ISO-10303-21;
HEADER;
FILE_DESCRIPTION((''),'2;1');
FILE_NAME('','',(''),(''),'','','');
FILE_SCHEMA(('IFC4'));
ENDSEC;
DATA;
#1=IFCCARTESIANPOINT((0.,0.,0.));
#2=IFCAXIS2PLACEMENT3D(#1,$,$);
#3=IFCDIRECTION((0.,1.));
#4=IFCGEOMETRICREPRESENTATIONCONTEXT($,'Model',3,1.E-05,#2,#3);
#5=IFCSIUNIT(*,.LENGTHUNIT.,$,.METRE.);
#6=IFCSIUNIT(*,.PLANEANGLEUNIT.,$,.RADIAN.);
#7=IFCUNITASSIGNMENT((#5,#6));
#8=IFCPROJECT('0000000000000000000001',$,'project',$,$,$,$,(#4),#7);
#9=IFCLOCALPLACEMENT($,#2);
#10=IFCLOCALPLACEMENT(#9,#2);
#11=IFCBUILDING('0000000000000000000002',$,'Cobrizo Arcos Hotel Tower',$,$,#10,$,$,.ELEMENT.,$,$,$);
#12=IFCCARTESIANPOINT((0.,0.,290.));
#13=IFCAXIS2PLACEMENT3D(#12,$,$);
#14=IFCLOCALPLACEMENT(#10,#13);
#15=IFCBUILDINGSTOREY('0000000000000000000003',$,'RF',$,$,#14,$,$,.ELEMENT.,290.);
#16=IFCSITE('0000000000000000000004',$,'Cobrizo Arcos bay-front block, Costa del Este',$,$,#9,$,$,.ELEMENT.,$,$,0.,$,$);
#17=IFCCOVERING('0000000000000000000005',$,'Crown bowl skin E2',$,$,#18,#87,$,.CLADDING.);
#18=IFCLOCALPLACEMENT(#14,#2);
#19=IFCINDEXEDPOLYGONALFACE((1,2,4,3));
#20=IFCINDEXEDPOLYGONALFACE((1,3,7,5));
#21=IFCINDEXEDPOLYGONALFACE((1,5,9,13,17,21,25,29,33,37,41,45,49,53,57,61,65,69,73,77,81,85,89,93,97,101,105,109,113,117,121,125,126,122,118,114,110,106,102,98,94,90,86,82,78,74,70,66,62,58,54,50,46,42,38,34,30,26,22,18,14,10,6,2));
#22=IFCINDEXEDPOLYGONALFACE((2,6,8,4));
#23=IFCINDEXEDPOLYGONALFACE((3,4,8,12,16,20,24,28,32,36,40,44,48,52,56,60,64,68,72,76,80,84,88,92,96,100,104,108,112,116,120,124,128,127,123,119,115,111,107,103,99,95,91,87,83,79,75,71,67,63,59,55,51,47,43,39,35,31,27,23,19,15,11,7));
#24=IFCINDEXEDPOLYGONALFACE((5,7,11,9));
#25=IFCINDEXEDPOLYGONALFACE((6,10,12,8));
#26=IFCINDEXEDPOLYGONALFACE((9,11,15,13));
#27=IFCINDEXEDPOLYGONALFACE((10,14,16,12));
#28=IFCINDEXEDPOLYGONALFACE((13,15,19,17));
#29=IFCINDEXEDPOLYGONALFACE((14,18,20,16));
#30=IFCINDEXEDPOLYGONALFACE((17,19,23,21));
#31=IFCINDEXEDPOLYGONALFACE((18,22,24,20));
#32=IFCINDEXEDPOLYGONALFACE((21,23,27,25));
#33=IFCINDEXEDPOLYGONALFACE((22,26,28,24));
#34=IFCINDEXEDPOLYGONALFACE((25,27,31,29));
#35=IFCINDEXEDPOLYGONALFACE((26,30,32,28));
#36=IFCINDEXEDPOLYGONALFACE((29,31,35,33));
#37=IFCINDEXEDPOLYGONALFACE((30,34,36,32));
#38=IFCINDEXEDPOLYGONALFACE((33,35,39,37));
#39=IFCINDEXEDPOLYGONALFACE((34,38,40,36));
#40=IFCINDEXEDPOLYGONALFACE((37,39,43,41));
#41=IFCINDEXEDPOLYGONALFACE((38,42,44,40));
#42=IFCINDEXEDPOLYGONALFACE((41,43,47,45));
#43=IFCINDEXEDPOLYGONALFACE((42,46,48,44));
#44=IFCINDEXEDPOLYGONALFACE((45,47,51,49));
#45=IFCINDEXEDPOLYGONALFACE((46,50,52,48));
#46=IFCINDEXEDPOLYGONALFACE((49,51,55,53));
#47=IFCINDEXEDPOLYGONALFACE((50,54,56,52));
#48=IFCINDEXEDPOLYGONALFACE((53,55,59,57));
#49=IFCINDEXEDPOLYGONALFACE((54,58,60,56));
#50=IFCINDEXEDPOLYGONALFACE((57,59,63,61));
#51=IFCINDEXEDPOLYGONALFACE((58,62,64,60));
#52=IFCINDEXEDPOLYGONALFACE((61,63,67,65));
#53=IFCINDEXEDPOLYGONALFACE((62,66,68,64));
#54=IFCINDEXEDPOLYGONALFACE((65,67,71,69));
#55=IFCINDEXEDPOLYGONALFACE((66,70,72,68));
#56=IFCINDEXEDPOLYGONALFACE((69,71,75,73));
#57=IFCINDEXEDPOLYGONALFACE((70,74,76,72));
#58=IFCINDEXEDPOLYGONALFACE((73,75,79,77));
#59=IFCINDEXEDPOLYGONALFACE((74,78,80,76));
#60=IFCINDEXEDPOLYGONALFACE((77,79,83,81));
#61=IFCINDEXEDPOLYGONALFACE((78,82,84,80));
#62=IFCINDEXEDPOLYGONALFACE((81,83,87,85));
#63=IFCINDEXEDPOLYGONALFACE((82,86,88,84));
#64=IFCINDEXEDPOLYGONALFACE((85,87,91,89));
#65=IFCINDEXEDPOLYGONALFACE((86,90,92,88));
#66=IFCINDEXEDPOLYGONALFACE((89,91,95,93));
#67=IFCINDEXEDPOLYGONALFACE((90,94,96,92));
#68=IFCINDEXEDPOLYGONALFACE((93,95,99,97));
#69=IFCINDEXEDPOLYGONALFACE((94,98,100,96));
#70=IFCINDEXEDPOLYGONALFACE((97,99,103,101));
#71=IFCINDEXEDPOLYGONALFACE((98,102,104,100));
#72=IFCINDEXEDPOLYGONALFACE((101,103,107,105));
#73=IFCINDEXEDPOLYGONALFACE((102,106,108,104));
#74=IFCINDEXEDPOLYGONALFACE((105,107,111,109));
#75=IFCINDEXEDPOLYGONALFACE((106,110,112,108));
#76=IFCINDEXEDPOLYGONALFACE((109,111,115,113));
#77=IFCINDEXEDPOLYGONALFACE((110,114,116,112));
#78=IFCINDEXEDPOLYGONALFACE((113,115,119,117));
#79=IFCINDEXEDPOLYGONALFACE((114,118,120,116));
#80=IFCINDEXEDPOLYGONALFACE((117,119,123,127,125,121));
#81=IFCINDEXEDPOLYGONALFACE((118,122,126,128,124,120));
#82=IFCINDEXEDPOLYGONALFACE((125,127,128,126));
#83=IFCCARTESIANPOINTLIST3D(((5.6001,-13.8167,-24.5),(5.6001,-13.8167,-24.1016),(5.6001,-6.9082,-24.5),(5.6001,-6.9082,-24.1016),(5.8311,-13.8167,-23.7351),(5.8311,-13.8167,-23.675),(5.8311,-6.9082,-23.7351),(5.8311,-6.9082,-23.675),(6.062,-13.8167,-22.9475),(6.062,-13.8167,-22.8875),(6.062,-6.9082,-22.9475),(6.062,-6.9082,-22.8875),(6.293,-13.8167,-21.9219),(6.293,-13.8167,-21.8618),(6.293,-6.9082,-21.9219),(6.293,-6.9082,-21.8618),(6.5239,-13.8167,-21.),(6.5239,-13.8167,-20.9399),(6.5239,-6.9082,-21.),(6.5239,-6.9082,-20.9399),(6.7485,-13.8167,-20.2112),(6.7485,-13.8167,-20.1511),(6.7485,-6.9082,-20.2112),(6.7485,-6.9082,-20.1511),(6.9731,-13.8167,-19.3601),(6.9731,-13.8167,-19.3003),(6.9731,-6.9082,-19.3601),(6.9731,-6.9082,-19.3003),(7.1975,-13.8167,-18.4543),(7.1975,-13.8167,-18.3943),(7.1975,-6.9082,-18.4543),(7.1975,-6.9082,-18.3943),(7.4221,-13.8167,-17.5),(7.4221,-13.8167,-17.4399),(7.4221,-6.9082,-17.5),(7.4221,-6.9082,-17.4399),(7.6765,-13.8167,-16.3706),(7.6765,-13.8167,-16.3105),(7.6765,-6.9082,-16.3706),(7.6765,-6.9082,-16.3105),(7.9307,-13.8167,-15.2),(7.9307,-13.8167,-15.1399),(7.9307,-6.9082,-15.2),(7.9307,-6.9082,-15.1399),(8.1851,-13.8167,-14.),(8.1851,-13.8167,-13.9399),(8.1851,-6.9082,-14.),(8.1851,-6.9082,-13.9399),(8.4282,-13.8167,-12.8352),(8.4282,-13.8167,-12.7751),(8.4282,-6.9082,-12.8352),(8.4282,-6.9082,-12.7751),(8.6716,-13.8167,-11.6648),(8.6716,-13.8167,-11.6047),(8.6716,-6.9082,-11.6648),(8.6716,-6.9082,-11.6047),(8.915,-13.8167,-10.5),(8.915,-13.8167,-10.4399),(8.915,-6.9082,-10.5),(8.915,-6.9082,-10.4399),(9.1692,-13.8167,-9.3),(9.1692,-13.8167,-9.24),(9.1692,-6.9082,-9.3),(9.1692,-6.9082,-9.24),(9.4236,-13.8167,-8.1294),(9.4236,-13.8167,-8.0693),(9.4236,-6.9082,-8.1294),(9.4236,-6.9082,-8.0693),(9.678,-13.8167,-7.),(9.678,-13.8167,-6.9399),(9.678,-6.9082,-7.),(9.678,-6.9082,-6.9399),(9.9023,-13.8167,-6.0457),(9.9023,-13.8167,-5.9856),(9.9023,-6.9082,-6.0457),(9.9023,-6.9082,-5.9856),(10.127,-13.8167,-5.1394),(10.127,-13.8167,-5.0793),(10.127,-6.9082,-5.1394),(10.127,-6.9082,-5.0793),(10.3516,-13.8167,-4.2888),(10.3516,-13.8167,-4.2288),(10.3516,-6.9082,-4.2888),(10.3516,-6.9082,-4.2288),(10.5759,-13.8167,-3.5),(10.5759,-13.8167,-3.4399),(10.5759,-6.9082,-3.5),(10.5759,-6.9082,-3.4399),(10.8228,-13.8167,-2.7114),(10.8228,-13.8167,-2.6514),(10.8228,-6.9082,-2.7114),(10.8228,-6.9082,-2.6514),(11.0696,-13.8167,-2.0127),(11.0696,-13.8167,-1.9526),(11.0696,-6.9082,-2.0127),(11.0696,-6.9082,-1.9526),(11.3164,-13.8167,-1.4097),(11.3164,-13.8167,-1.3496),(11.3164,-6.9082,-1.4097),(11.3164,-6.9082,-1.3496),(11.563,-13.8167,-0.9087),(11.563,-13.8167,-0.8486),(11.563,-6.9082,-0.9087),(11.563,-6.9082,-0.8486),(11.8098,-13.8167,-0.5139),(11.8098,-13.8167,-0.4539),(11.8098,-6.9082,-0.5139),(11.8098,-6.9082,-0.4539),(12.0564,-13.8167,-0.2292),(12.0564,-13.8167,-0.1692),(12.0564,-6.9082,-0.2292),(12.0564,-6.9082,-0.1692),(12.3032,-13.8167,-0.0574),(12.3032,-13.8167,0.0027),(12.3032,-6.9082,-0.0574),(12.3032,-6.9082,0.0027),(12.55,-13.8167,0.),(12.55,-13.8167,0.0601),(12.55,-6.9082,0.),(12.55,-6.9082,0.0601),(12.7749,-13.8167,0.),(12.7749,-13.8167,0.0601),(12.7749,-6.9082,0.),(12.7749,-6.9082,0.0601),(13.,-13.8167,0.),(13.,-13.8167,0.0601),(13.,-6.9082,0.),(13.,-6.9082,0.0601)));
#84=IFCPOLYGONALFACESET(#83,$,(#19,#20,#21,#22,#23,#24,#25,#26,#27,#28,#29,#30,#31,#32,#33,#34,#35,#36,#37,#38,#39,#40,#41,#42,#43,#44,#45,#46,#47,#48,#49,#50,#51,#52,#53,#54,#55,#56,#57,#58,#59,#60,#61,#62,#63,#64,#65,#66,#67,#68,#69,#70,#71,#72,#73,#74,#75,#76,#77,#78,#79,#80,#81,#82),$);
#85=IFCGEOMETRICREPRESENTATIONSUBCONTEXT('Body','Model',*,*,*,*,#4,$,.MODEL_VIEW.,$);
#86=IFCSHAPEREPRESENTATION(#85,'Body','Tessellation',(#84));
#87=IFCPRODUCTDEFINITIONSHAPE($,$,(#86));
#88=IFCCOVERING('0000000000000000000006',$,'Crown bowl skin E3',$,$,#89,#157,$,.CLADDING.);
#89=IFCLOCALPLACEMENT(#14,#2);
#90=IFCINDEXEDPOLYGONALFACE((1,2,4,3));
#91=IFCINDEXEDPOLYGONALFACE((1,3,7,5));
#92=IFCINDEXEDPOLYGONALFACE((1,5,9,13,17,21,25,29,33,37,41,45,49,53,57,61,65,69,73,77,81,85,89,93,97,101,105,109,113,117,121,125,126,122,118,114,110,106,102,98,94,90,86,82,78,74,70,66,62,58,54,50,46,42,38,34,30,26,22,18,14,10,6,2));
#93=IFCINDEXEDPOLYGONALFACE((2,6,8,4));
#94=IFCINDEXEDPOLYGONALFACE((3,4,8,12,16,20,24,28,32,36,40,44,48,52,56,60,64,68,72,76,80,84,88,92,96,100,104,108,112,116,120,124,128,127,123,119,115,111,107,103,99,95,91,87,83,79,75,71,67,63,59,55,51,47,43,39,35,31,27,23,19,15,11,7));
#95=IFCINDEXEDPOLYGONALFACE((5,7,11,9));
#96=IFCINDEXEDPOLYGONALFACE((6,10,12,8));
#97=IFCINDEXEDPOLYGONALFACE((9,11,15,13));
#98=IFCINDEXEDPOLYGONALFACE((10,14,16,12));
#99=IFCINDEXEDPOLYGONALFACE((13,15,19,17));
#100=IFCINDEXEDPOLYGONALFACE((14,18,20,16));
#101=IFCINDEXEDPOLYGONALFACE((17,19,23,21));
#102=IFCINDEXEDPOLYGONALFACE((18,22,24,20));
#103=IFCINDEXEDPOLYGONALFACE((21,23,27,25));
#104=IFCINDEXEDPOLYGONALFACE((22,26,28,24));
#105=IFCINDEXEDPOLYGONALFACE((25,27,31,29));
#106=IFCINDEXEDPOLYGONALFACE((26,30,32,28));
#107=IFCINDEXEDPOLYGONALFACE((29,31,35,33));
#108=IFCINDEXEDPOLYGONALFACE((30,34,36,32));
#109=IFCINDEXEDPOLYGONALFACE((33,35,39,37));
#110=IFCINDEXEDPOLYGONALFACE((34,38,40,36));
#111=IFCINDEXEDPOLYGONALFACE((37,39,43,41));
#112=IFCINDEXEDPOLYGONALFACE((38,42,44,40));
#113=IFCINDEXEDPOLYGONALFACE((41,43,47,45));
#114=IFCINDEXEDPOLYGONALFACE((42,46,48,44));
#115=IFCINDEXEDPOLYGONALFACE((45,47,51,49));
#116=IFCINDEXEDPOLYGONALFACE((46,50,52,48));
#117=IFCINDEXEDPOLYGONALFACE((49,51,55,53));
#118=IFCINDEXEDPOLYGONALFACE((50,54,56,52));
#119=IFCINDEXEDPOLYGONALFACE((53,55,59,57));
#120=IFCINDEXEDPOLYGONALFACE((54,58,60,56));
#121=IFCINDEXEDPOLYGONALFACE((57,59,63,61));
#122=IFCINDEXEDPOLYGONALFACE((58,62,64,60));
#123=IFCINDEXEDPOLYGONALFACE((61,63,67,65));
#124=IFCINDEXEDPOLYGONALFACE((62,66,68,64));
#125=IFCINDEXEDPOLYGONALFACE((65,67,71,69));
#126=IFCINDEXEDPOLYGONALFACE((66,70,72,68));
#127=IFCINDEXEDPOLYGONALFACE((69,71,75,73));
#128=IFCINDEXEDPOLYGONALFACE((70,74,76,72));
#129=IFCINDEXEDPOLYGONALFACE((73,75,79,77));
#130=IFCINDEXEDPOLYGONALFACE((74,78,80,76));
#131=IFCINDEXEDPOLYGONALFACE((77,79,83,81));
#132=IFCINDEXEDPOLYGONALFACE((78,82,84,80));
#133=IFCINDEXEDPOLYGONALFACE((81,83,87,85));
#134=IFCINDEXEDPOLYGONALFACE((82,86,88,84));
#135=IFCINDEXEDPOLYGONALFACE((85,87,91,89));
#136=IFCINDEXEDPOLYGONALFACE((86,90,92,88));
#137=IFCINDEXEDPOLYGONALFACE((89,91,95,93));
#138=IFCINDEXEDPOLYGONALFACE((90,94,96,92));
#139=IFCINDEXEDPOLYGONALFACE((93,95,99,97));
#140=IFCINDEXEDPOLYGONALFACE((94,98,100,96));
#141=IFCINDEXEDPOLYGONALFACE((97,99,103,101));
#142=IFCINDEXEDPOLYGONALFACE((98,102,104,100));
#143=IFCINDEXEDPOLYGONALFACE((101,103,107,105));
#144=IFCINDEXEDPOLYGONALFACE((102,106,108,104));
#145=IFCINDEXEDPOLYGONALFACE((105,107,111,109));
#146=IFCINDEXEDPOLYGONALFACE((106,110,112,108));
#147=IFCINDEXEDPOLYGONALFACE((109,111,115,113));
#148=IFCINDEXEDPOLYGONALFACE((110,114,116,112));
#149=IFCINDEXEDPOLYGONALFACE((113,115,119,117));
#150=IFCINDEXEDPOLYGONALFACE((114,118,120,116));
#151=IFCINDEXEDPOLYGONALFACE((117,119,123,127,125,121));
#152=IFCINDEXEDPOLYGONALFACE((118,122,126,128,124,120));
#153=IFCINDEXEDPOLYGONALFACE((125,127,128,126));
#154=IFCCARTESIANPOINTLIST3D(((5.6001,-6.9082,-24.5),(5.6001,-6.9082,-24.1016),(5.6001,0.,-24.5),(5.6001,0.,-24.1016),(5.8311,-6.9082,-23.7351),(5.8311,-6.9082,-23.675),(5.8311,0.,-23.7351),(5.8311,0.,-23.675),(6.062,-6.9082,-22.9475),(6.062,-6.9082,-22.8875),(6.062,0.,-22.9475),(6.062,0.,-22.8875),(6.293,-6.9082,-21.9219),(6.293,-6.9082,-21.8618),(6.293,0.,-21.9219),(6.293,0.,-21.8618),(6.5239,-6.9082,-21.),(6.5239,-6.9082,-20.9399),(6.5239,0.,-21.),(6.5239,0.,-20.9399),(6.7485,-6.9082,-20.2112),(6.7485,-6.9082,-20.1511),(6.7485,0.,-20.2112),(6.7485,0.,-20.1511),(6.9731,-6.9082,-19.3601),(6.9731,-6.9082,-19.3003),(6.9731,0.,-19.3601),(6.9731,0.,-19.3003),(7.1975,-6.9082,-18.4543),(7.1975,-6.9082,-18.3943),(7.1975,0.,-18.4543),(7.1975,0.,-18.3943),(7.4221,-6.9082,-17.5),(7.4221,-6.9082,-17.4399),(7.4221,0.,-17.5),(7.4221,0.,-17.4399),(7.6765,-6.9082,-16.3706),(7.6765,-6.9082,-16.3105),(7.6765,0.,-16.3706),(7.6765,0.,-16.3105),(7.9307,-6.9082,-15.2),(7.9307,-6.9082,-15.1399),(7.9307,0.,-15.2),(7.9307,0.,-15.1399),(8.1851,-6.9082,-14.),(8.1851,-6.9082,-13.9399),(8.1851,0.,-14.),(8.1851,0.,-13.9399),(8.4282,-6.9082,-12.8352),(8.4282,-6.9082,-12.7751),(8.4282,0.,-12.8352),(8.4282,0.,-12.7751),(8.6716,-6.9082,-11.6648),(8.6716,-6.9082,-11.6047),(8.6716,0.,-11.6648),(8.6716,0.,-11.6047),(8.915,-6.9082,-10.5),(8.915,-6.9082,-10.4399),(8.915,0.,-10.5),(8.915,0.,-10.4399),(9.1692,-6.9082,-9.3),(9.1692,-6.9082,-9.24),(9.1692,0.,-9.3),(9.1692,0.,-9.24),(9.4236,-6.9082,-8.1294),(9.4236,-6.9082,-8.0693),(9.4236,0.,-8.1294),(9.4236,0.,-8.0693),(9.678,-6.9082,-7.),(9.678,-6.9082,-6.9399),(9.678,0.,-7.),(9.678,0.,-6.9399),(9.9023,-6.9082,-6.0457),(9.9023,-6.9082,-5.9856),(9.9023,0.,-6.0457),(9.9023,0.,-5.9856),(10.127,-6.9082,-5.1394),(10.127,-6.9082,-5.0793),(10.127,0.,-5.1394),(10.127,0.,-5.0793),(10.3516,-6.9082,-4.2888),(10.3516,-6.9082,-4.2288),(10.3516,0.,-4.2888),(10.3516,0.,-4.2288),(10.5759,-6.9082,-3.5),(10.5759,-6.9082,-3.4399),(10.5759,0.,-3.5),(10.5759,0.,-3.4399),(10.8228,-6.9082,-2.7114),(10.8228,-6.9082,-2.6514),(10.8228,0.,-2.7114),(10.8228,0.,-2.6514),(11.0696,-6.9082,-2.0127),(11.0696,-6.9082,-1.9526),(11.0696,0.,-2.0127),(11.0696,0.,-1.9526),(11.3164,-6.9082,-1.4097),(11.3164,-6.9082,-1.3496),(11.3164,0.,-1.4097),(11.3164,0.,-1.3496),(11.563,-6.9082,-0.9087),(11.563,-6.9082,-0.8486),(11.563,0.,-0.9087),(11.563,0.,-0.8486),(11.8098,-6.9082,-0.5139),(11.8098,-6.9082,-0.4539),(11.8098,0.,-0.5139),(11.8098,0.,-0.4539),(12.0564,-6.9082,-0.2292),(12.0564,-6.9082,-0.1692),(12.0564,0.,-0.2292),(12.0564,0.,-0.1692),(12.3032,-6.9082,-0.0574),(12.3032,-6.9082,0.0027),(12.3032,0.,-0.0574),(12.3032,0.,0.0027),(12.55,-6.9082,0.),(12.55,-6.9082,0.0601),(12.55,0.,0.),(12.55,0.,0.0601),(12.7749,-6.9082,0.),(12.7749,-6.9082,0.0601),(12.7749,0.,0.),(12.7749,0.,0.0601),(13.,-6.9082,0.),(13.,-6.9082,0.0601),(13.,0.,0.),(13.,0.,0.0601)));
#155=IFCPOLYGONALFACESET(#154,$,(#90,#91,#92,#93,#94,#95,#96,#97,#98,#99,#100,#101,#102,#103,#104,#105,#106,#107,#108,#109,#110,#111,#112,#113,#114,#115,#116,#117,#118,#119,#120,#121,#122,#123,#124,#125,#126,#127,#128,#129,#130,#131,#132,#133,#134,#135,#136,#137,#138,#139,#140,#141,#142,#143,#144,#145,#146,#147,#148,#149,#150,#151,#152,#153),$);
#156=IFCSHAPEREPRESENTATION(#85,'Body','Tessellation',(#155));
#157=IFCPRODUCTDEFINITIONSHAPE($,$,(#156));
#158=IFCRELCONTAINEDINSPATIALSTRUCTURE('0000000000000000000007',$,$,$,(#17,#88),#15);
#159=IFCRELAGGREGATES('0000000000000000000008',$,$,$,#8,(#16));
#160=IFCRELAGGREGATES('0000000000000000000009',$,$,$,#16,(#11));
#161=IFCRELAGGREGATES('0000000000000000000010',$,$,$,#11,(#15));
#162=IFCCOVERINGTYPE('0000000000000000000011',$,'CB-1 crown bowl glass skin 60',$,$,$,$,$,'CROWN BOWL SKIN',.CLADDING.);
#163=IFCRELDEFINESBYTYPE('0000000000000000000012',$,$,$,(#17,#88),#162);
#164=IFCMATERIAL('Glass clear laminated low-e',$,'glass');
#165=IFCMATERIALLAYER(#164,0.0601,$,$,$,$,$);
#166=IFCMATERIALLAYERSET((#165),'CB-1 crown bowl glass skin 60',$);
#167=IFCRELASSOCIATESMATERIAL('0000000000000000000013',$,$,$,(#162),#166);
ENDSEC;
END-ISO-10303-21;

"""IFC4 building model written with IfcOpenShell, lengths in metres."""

from ifc_helpers import new_model, si_unit, direction, frame, origin, place, context, subcontext, project, spatial, polyline, outline, extrude, material, layer, layer_set, type_object, element, save


model = new_model("IFC4")

# Units and contexts
model_context = context("Model", 3, precision=1e-05, world=origin(), true_north=direction((0.0, 1.0)))
body_context = subcontext(model_context, "Body", "Model", "MODEL_VIEW")
ifc_project = project(units=[si_unit("LENGTHUNIT", "METRE"), si_unit("PLANEANGLEUNIT", "RADIAN")], contexts=[model_context])

# Site, building, storey
site_placement = place(None, origin())
site = spatial("IfcSite", under=ifc_project, at=site_placement, Name="Cobrizo Arcos bay-front block, Costa del Este", CompositionType="ELEMENT", RefElevation=0.0)
building_placement = place(site_placement, origin())
building = spatial("IfcBuilding", under=site, at=building_placement, Name="Cobrizo Arcos Hotel Tower", CompositionType="ELEMENT")
storey_placement = place(building_placement, frame((0.0, 0.0, 290.0)))
storey = spatial("IfcBuildingStorey", under=building, at=storey_placement, Name="RF", CompositionType="ELEMENT", Elevation=290.0)

# Shared definitions
ifc_material_1 = material(Name="Glass clear laminated low-e", Category="glass")

# Coverings
ifc_layer_1 = layer(ifc_material_1, 0.0601)
ifc_layer_set_1 = layer_set([ifc_layer_1], Name="CB-1 crown bowl glass skin 60")
covering_type_1 = type_object("IfcCoveringType", Name="CB-1 crown bowl glass skin 60", ElementType="CROWN BOWL SKIN", PredefinedType="CLADDING", material=ifc_layer_set_1)
covering_1_placement = place(storey_placement, frame((0.0, -13.8167, -24.5), z_axis=(0.0, 1.0, 0.0), x_axis=(-1.0, 0.0, 0.0)))
element("IfcCovering", 1, at=covering_1_placement, inside=storey, type_object=covering_type_1, Name="Crown bowl skin E2", PredefinedType="CLADDING", context=body_context, shape_type="SweptSolid", body=[
    extrude(outline(polyline([(-5.6001, 0.0), (-5.6001, 0.3984), (-5.8311, 0.825), (-6.062, 1.6125), (-6.293, 2.6382), (-6.5239, 3.5601), (-6.7485, 4.3489), (-6.9731, 5.1997), (-7.1975, 6.1057), (-7.4221, 7.0601), (-7.6765, 8.1895), (-7.9307, 9.3601), (-8.1851, 10.5601), (-8.4282, 11.7249), (-8.6716, 12.8953), (-8.915, 14.0601), (-9.1692, 15.26), (-9.4236, 16.4307), (-9.678, 17.5601), (-9.9023, 18.5144), (-10.127, 19.4207), (-10.3516, 20.2712), (-10.5759, 21.0601), (-10.8228, 21.8486), (-11.0696, 22.5474), (-11.3164, 23.1504), (-11.563, 23.6514), (-11.8098, 24.0461), (-12.0564, 24.3308), (-12.3032, 24.5027), (-12.55, 24.5601), (-12.7749, 24.5601), (-13.0, 24.5601), (-13.0, 24.5), (-12.7749, 24.5), (-12.55, 24.5), (-12.3032, 24.4426), (-12.0564, 24.2708), (-11.8098, 23.9861), (-11.563, 23.5913), (-11.3164, 23.0903), (-11.0696, 22.4873), (-10.8228, 21.7886), (-10.5759, 21.0), (-10.3516, 20.2112), (-10.127, 19.3606), (-9.9023, 18.4543), (-9.678, 17.5), (-9.4236, 16.3706), (-9.1692, 15.2), (-8.915, 14.0), (-8.6716, 12.8352), (-8.4282, 11.6648), (-8.1851, 10.5), (-7.9307, 9.3), (-7.6765, 8.1294), (-7.4221, 7.0), (-7.1975, 6.0457), (-6.9731, 5.1399), (-6.7485, 4.2888), (-6.5239, 3.5), (-6.293, 2.5781), (-6.062, 1.5525), (-5.8311, 0.7649), (-5.6001, 0.0)])), origin(), (0.0, 0.0, 1.0), 6.9084),
])
covering_2_placement = place(storey_placement, frame((0.0, -6.9082, -24.5), z_axis=(0.0, 1.0, 0.0), x_axis=(-1.0, 0.0, 0.0)))
element("IfcCovering", 2, at=covering_2_placement, inside=storey, type_object=covering_type_1, Name="Crown bowl skin E3", PredefinedType="CLADDING", context=body_context, shape_type="SweptSolid", body=[
    extrude(outline(polyline([(-5.6001, 0.0), (-5.6001, 0.3984), (-5.8311, 0.825), (-6.062, 1.6125), (-6.293, 2.6382), (-6.5239, 3.5601), (-6.7485, 4.3489), (-6.9731, 5.1997), (-7.1975, 6.1057), (-7.4221, 7.0601), (-7.6765, 8.1895), (-7.9307, 9.3601), (-8.1851, 10.5601), (-8.4282, 11.7249), (-8.6716, 12.8953), (-8.915, 14.0601), (-9.1692, 15.26), (-9.4236, 16.4307), (-9.678, 17.5601), (-9.9023, 18.5144), (-10.127, 19.4207), (-10.3516, 20.2712), (-10.5759, 21.0601), (-10.8228, 21.8486), (-11.0696, 22.5474), (-11.3164, 23.1504), (-11.563, 23.6514), (-11.8098, 24.0461), (-12.0564, 24.3308), (-12.3032, 24.5027), (-12.55, 24.5601), (-12.7749, 24.5601), (-13.0, 24.5601), (-13.0, 24.5), (-12.7749, 24.5), (-12.55, 24.5), (-12.3032, 24.4426), (-12.0564, 24.2708), (-11.8098, 23.9861), (-11.563, 23.5913), (-11.3164, 23.0903), (-11.0696, 22.4873), (-10.8228, 21.7886), (-10.5759, 21.0), (-10.3516, 20.2112), (-10.127, 19.3606), (-9.9023, 18.4543), (-9.678, 17.5), (-9.4236, 16.3706), (-9.1692, 15.2), (-8.915, 14.0), (-8.6716, 12.8352), (-8.4282, 11.6648), (-8.1851, 10.5), (-7.9307, 9.3), (-7.6765, 8.1294), (-7.4221, 7.0), (-7.1975, 6.0457), (-6.9731, 5.1399), (-6.7485, 4.2888), (-6.5239, 3.5), (-6.293, 2.5781), (-6.062, 1.5525), (-5.8311, 0.7649), (-5.6001, 0.0)])), origin(), (0.0, 0.0, 1.0), 6.9082),
])

save(model, "model.ifc")
